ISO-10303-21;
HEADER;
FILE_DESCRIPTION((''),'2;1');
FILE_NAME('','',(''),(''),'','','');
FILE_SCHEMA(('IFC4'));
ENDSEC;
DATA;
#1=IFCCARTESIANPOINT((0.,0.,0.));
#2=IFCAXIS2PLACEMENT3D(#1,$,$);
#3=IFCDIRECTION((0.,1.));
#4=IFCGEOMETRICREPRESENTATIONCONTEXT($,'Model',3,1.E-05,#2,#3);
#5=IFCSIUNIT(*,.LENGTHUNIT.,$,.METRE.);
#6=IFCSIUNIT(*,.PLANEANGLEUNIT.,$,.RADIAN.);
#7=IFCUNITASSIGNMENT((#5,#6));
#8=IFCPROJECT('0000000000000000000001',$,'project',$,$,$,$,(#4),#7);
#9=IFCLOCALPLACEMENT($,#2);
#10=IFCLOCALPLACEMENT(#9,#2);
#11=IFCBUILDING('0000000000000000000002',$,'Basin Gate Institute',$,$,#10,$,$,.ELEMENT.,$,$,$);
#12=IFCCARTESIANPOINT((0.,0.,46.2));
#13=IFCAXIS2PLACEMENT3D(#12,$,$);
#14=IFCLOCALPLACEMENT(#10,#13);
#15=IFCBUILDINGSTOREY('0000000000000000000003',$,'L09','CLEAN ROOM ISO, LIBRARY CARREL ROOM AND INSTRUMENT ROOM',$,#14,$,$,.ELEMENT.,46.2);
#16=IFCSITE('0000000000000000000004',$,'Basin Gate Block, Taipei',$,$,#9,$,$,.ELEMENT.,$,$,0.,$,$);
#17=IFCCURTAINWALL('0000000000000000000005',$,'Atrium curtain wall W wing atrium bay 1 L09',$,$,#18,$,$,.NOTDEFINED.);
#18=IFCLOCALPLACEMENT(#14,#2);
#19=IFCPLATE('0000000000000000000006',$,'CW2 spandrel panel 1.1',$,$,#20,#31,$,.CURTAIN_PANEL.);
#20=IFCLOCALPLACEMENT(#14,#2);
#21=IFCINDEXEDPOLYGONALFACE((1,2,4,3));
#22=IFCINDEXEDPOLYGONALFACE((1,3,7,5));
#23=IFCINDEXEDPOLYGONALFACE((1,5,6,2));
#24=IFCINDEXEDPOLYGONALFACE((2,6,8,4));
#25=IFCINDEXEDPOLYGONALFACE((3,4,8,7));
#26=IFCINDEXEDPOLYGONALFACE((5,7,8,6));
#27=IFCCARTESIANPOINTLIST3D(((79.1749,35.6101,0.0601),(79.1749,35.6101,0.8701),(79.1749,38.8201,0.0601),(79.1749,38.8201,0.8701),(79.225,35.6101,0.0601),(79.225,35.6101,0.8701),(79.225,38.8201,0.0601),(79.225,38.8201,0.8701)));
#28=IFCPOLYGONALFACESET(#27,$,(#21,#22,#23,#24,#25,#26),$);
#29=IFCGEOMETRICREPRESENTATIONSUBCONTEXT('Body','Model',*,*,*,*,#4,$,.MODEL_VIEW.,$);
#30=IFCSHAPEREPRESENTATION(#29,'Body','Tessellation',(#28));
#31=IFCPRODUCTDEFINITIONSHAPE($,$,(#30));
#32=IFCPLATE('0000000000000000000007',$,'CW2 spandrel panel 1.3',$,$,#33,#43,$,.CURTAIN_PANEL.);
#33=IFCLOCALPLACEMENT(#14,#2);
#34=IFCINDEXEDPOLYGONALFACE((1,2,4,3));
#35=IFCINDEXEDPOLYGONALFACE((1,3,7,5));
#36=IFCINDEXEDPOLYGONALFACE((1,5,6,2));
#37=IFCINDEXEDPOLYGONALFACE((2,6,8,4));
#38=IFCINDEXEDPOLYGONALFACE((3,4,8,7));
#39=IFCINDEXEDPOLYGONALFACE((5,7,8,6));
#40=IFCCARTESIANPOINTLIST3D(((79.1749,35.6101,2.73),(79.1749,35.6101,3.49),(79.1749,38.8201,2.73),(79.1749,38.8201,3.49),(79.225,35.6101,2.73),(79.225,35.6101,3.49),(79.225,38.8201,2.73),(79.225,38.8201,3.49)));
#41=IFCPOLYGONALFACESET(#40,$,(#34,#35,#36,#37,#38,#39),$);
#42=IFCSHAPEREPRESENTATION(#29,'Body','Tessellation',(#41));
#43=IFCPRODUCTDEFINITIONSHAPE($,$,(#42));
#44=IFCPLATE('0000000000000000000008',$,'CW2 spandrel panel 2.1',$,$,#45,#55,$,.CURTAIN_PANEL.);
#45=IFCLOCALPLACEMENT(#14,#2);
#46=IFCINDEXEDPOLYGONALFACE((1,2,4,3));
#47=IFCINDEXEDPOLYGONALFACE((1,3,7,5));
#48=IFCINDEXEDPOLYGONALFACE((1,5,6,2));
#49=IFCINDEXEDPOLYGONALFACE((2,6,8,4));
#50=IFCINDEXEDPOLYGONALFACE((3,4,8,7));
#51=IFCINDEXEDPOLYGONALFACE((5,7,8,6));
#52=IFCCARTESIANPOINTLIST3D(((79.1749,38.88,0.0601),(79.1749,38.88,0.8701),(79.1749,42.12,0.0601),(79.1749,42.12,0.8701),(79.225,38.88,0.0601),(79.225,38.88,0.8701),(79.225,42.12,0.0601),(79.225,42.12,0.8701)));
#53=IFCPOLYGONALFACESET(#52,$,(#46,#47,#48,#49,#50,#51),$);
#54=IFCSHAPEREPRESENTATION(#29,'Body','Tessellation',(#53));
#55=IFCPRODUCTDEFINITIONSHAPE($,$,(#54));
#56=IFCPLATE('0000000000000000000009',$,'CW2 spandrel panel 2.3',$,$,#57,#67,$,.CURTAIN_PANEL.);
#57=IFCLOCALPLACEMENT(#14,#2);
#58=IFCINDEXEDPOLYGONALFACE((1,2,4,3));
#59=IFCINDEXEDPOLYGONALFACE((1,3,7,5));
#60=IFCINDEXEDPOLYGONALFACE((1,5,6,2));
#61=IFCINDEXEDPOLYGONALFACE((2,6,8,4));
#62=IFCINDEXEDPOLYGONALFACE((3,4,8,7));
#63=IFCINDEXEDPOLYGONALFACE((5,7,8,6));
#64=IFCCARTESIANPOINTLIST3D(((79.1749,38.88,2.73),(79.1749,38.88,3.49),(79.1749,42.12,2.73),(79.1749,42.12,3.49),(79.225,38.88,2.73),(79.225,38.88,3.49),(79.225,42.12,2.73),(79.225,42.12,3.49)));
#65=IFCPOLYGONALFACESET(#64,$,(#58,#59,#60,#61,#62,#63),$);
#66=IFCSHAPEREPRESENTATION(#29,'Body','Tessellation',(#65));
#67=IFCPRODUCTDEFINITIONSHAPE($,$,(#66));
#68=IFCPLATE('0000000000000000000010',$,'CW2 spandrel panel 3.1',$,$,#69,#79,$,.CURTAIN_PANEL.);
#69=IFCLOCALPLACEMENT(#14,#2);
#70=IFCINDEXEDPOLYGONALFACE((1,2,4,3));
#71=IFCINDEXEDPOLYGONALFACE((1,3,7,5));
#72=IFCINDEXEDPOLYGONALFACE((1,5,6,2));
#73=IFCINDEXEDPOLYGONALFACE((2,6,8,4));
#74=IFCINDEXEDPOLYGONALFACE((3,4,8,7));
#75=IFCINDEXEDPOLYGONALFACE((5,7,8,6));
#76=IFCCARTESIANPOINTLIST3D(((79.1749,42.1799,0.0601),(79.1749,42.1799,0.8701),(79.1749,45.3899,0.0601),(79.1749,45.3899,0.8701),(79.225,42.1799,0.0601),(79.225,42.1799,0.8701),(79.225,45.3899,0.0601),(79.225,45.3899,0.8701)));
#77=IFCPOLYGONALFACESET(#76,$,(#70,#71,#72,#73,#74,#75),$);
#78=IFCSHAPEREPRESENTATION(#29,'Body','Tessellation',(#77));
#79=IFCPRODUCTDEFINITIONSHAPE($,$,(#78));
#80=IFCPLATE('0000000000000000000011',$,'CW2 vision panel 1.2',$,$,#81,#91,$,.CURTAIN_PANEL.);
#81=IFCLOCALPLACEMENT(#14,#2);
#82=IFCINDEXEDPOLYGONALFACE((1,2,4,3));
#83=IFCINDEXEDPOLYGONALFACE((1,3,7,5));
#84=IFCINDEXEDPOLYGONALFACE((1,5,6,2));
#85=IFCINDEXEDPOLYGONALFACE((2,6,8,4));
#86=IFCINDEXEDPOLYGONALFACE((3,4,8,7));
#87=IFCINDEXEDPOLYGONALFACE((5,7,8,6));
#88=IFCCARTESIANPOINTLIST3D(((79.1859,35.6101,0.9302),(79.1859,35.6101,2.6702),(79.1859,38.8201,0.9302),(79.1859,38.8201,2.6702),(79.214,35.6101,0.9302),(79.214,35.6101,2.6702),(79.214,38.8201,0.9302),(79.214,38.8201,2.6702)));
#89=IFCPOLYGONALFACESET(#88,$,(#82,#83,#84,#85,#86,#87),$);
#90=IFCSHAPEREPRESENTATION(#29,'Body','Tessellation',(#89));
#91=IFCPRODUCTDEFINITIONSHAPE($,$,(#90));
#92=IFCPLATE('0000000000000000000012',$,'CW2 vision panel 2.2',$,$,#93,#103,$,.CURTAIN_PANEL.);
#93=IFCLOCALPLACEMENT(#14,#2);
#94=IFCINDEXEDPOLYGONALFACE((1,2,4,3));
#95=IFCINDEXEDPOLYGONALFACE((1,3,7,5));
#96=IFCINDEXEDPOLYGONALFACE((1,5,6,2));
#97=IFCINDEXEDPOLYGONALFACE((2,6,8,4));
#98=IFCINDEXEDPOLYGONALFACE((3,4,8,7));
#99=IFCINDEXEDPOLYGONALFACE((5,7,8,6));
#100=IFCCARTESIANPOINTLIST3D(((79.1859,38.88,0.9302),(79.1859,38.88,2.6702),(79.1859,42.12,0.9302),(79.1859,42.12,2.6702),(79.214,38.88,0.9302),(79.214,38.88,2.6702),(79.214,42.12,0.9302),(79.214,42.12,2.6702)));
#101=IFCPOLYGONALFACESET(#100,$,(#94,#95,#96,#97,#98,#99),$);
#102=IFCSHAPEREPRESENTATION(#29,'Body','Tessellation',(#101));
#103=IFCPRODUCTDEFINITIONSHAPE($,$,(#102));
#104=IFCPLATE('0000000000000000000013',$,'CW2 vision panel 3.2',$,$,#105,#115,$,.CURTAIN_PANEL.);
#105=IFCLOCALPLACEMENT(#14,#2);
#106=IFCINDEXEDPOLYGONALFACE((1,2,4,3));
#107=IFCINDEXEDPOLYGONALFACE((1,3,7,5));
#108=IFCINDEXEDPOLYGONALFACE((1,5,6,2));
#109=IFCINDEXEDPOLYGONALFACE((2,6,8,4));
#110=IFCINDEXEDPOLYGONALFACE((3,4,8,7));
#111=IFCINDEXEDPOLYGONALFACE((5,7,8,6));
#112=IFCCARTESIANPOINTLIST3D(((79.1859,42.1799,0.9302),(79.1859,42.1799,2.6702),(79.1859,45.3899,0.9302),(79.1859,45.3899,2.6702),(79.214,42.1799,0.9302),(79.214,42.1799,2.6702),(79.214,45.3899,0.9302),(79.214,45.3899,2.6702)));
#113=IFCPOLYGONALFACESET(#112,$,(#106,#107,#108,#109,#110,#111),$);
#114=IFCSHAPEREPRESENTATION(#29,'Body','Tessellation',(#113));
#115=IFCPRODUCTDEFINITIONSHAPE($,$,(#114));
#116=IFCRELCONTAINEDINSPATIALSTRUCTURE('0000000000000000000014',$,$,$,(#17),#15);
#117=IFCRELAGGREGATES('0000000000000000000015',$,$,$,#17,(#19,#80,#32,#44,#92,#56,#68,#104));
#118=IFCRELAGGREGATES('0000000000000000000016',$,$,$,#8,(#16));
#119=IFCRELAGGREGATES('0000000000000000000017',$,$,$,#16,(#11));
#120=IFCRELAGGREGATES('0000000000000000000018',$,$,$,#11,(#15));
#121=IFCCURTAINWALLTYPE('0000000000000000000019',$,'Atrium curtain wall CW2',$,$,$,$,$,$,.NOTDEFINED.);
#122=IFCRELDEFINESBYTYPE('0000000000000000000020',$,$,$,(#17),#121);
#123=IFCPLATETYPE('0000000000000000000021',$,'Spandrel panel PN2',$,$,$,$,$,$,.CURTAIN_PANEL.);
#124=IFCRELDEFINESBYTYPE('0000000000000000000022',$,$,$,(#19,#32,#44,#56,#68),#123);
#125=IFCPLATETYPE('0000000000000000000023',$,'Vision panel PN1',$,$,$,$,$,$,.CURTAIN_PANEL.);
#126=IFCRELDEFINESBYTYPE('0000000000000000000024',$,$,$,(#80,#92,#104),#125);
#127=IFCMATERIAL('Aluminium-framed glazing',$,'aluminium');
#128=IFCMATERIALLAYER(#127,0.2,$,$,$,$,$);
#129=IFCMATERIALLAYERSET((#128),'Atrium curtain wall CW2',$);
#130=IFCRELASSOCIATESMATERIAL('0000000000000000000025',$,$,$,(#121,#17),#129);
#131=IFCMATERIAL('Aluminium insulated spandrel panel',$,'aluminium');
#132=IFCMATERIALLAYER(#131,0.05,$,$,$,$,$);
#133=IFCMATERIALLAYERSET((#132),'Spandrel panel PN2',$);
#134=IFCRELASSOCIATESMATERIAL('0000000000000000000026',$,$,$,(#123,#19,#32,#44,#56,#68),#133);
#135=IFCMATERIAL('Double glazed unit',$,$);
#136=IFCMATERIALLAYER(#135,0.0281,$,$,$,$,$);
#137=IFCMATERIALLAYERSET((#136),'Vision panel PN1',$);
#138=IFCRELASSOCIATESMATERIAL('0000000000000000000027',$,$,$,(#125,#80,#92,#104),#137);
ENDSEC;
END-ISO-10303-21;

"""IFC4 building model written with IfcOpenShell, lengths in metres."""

from ifc_helpers import new_model, si_unit, direction, frame, origin, origin_2d, place, context, subcontext, project, spatial, rectangle, extrude, material, layer, layer_set, type_object, element, aggregate, save


model = new_model("IFC4")

# Units and contexts
model_context = context("Model", 3, precision=1e-05, world=origin(), true_north=direction((0.0, 1.0)))
body_context = subcontext(model_context, "Body", "Model", "MODEL_VIEW")
ifc_project = project(units=[si_unit("LENGTHUNIT", "METRE"), si_unit("PLANEANGLEUNIT", "RADIAN")], contexts=[model_context])

# Site, building, storey
site_placement = place(None, origin())
site = spatial("IfcSite", under=ifc_project, at=site_placement, Name="Basin Gate Block, Taipei", CompositionType="ELEMENT", RefElevation=0.0)
building_placement = place(site_placement, origin())
building = spatial("IfcBuilding", under=site, at=building_placement, Name="Basin Gate Institute", CompositionType="ELEMENT")
storey_placement = place(building_placement, frame((0.0, 0.0, 46.2)))
storey = spatial("IfcBuildingStorey", under=building, at=storey_placement, Name="L09", Description="CLEAN ROOM ISO, LIBRARY CARREL ROOM AND INSTRUMENT ROOM", CompositionType="ELEMENT", Elevation=46.2)

# Curtain wall, plates
ifc_material_1 = material(Name="Aluminium-framed glazing", Category="aluminium")
ifc_layer_1 = layer(ifc_material_1, 0.2)
ifc_layer_set_1 = layer_set([ifc_layer_1], Name="Atrium curtain wall CW2")
curtain_wall_type = type_object("IfcCurtainWallType", Name="Atrium curtain wall CW2", PredefinedType="NOTDEFINED", material=ifc_layer_set_1)
curtain_wall_placement = place(storey_placement, origin())
curtain_wall = element("IfcCurtainWall", 1, at=curtain_wall_placement, inside=storey, type_object=curtain_wall_type, material=ifc_layer_set_1, Name="Atrium curtain wall W wing atrium bay 1 L09", PredefinedType="NOTDEFINED")
ifc_material_2 = material(Name="Aluminium insulated spandrel panel", Category="aluminium")
ifc_layer_2 = layer(ifc_material_2, 0.05)
ifc_layer_set_2 = layer_set([ifc_layer_2], Name="Spandrel panel PN2")
plate_type_1 = type_object("IfcPlateType", Name="Spandrel panel PN2", PredefinedType="CURTAIN_PANEL", material=ifc_layer_set_2)
plate_1_placement = place(storey_placement, frame((79.2, 37.2151, 0.0601), z_axis=(0.0, 0.0, 1.0), x_axis=(0.0, 1.0, 0.0)))
plate_1 = element("IfcPlate", 2, at=plate_1_placement, type_object=plate_type_1, material=ifc_layer_set_2, Name="CW2 spandrel panel 1.1", PredefinedType="CURTAIN_PANEL", context=body_context, shape_type="SweptSolid", body=[
    extrude(rectangle(XDim=3.21, YDim=0.05, at=origin_2d()), origin(), (0.0, 0.0, 1.0), 0.8101),
])
plate_2_placement = place(storey_placement, frame((79.2, 37.2151, 2.73), z_axis=(0.0, 0.0, 1.0), x_axis=(0.0, 1.0, 0.0)))
plate_2 = element("IfcPlate", 3, at=plate_2_placement, type_object=plate_type_1, material=ifc_layer_set_2, Name="CW2 spandrel panel 1.3", PredefinedType="CURTAIN_PANEL", context=body_context, shape_type="SweptSolid", body=[
    extrude(rectangle(XDim=3.21, YDim=0.05, at=origin_2d()), origin(), (0.0, 0.0, 1.0), 0.76),
])
plate_3_placement = place(storey_placement, frame((79.2, 40.5, 0.0601), z_axis=(0.0, 0.0, 1.0), x_axis=(0.0, 1.0, 0.0)))
plate_3 = element("IfcPlate", 4, at=plate_3_placement, type_object=plate_type_1, material=ifc_layer_set_2, Name="CW2 spandrel panel 2.1", PredefinedType="CURTAIN_PANEL", context=body_context, shape_type="SweptSolid", body=[
    extrude(rectangle(XDim=3.24, YDim=0.05, at=origin_2d()), origin(), (0.0, 0.0, 1.0), 0.8101),
])
plate_4_placement = place(storey_placement, frame((79.2, 40.5, 2.73), z_axis=(0.0, 0.0, 1.0), x_axis=(0.0, 1.0, 0.0)))
plate_4 = element("IfcPlate", 5, at=plate_4_placement, type_object=plate_type_1, material=ifc_layer_set_2, Name="CW2 spandrel panel 2.3", PredefinedType="CURTAIN_PANEL", context=body_context, shape_type="SweptSolid", body=[
    extrude(rectangle(XDim=3.24, YDim=0.05, at=origin_2d()), origin(), (0.0, 0.0, 1.0), 0.76),
])
plate_5_placement = place(storey_placement, frame((79.2, 43.7849, 0.0601), z_axis=(0.0, 0.0, 1.0), x_axis=(0.0, 1.0, 0.0)))
plate_5 = element("IfcPlate", 6, at=plate_5_placement, type_object=plate_type_1, material=ifc_layer_set_2, Name="CW2 spandrel panel 3.1", PredefinedType="CURTAIN_PANEL", context=body_context, shape_type="SweptSolid", body=[
    extrude(rectangle(XDim=3.21, YDim=0.05, at=origin_2d()), origin(), (0.0, 0.0, 1.0), 0.8101),
])
ifc_material_3 = material(Name="Double glazed unit")
ifc_layer_3 = layer(ifc_material_3, 0.0281)
ifc_layer_set_3 = layer_set([ifc_layer_3], Name="Vision panel PN1")
plate_type_2 = type_object("IfcPlateType", Name="Vision panel PN1", PredefinedType="CURTAIN_PANEL", material=ifc_layer_set_3)
plate_6_placement = place(storey_placement, frame((79.2, 37.2151, 0.9302), z_axis=(0.0, 0.0, 1.0), x_axis=(0.0, 1.0, 0.0)))
plate_6 = element("IfcPlate", 7, at=plate_6_placement, type_object=plate_type_2, material=ifc_layer_set_3, Name="CW2 vision panel 1.2", PredefinedType="CURTAIN_PANEL", context=body_context, shape_type="SweptSolid", body=[
    extrude(rectangle(XDim=3.21, YDim=0.0281, at=origin_2d()), origin(), (0.0, 0.0, 1.0), 1.74),
])
plate_7_placement = place(storey_placement, frame((79.2, 40.5, 0.9302), z_axis=(0.0, 0.0, 1.0), x_axis=(0.0, 1.0, 0.0)))
plate_7 = element("IfcPlate", 8, at=plate_7_placement, type_object=plate_type_2, material=ifc_layer_set_3, Name="CW2 vision panel 2.2", PredefinedType="CURTAIN_PANEL", context=body_context, shape_type="SweptSolid", body=[
    extrude(rectangle(XDim=3.24, YDim=0.0281, at=origin_2d()), origin(), (0.0, 0.0, 1.0), 1.74),
])
plate_8_placement = place(storey_placement, frame((79.2, 43.7849, 0.9302), z_axis=(0.0, 0.0, 1.0), x_axis=(0.0, 1.0, 0.0)))
plate_8 = element("IfcPlate", 9, at=plate_8_placement, type_object=plate_type_2, material=ifc_layer_set_3, Name="CW2 vision panel 3.2", PredefinedType="CURTAIN_PANEL", context=body_context, shape_type="SweptSolid", body=[
    extrude(rectangle(XDim=3.21, YDim=0.0281, at=origin_2d()), origin(), (0.0, 0.0, 1.0), 1.74),
])
aggregate(curtain_wall, [plate_1, plate_6, plate_2, plate_3, plate_7, plate_4, plate_5, plate_8])

save(model, "model.ifc")
